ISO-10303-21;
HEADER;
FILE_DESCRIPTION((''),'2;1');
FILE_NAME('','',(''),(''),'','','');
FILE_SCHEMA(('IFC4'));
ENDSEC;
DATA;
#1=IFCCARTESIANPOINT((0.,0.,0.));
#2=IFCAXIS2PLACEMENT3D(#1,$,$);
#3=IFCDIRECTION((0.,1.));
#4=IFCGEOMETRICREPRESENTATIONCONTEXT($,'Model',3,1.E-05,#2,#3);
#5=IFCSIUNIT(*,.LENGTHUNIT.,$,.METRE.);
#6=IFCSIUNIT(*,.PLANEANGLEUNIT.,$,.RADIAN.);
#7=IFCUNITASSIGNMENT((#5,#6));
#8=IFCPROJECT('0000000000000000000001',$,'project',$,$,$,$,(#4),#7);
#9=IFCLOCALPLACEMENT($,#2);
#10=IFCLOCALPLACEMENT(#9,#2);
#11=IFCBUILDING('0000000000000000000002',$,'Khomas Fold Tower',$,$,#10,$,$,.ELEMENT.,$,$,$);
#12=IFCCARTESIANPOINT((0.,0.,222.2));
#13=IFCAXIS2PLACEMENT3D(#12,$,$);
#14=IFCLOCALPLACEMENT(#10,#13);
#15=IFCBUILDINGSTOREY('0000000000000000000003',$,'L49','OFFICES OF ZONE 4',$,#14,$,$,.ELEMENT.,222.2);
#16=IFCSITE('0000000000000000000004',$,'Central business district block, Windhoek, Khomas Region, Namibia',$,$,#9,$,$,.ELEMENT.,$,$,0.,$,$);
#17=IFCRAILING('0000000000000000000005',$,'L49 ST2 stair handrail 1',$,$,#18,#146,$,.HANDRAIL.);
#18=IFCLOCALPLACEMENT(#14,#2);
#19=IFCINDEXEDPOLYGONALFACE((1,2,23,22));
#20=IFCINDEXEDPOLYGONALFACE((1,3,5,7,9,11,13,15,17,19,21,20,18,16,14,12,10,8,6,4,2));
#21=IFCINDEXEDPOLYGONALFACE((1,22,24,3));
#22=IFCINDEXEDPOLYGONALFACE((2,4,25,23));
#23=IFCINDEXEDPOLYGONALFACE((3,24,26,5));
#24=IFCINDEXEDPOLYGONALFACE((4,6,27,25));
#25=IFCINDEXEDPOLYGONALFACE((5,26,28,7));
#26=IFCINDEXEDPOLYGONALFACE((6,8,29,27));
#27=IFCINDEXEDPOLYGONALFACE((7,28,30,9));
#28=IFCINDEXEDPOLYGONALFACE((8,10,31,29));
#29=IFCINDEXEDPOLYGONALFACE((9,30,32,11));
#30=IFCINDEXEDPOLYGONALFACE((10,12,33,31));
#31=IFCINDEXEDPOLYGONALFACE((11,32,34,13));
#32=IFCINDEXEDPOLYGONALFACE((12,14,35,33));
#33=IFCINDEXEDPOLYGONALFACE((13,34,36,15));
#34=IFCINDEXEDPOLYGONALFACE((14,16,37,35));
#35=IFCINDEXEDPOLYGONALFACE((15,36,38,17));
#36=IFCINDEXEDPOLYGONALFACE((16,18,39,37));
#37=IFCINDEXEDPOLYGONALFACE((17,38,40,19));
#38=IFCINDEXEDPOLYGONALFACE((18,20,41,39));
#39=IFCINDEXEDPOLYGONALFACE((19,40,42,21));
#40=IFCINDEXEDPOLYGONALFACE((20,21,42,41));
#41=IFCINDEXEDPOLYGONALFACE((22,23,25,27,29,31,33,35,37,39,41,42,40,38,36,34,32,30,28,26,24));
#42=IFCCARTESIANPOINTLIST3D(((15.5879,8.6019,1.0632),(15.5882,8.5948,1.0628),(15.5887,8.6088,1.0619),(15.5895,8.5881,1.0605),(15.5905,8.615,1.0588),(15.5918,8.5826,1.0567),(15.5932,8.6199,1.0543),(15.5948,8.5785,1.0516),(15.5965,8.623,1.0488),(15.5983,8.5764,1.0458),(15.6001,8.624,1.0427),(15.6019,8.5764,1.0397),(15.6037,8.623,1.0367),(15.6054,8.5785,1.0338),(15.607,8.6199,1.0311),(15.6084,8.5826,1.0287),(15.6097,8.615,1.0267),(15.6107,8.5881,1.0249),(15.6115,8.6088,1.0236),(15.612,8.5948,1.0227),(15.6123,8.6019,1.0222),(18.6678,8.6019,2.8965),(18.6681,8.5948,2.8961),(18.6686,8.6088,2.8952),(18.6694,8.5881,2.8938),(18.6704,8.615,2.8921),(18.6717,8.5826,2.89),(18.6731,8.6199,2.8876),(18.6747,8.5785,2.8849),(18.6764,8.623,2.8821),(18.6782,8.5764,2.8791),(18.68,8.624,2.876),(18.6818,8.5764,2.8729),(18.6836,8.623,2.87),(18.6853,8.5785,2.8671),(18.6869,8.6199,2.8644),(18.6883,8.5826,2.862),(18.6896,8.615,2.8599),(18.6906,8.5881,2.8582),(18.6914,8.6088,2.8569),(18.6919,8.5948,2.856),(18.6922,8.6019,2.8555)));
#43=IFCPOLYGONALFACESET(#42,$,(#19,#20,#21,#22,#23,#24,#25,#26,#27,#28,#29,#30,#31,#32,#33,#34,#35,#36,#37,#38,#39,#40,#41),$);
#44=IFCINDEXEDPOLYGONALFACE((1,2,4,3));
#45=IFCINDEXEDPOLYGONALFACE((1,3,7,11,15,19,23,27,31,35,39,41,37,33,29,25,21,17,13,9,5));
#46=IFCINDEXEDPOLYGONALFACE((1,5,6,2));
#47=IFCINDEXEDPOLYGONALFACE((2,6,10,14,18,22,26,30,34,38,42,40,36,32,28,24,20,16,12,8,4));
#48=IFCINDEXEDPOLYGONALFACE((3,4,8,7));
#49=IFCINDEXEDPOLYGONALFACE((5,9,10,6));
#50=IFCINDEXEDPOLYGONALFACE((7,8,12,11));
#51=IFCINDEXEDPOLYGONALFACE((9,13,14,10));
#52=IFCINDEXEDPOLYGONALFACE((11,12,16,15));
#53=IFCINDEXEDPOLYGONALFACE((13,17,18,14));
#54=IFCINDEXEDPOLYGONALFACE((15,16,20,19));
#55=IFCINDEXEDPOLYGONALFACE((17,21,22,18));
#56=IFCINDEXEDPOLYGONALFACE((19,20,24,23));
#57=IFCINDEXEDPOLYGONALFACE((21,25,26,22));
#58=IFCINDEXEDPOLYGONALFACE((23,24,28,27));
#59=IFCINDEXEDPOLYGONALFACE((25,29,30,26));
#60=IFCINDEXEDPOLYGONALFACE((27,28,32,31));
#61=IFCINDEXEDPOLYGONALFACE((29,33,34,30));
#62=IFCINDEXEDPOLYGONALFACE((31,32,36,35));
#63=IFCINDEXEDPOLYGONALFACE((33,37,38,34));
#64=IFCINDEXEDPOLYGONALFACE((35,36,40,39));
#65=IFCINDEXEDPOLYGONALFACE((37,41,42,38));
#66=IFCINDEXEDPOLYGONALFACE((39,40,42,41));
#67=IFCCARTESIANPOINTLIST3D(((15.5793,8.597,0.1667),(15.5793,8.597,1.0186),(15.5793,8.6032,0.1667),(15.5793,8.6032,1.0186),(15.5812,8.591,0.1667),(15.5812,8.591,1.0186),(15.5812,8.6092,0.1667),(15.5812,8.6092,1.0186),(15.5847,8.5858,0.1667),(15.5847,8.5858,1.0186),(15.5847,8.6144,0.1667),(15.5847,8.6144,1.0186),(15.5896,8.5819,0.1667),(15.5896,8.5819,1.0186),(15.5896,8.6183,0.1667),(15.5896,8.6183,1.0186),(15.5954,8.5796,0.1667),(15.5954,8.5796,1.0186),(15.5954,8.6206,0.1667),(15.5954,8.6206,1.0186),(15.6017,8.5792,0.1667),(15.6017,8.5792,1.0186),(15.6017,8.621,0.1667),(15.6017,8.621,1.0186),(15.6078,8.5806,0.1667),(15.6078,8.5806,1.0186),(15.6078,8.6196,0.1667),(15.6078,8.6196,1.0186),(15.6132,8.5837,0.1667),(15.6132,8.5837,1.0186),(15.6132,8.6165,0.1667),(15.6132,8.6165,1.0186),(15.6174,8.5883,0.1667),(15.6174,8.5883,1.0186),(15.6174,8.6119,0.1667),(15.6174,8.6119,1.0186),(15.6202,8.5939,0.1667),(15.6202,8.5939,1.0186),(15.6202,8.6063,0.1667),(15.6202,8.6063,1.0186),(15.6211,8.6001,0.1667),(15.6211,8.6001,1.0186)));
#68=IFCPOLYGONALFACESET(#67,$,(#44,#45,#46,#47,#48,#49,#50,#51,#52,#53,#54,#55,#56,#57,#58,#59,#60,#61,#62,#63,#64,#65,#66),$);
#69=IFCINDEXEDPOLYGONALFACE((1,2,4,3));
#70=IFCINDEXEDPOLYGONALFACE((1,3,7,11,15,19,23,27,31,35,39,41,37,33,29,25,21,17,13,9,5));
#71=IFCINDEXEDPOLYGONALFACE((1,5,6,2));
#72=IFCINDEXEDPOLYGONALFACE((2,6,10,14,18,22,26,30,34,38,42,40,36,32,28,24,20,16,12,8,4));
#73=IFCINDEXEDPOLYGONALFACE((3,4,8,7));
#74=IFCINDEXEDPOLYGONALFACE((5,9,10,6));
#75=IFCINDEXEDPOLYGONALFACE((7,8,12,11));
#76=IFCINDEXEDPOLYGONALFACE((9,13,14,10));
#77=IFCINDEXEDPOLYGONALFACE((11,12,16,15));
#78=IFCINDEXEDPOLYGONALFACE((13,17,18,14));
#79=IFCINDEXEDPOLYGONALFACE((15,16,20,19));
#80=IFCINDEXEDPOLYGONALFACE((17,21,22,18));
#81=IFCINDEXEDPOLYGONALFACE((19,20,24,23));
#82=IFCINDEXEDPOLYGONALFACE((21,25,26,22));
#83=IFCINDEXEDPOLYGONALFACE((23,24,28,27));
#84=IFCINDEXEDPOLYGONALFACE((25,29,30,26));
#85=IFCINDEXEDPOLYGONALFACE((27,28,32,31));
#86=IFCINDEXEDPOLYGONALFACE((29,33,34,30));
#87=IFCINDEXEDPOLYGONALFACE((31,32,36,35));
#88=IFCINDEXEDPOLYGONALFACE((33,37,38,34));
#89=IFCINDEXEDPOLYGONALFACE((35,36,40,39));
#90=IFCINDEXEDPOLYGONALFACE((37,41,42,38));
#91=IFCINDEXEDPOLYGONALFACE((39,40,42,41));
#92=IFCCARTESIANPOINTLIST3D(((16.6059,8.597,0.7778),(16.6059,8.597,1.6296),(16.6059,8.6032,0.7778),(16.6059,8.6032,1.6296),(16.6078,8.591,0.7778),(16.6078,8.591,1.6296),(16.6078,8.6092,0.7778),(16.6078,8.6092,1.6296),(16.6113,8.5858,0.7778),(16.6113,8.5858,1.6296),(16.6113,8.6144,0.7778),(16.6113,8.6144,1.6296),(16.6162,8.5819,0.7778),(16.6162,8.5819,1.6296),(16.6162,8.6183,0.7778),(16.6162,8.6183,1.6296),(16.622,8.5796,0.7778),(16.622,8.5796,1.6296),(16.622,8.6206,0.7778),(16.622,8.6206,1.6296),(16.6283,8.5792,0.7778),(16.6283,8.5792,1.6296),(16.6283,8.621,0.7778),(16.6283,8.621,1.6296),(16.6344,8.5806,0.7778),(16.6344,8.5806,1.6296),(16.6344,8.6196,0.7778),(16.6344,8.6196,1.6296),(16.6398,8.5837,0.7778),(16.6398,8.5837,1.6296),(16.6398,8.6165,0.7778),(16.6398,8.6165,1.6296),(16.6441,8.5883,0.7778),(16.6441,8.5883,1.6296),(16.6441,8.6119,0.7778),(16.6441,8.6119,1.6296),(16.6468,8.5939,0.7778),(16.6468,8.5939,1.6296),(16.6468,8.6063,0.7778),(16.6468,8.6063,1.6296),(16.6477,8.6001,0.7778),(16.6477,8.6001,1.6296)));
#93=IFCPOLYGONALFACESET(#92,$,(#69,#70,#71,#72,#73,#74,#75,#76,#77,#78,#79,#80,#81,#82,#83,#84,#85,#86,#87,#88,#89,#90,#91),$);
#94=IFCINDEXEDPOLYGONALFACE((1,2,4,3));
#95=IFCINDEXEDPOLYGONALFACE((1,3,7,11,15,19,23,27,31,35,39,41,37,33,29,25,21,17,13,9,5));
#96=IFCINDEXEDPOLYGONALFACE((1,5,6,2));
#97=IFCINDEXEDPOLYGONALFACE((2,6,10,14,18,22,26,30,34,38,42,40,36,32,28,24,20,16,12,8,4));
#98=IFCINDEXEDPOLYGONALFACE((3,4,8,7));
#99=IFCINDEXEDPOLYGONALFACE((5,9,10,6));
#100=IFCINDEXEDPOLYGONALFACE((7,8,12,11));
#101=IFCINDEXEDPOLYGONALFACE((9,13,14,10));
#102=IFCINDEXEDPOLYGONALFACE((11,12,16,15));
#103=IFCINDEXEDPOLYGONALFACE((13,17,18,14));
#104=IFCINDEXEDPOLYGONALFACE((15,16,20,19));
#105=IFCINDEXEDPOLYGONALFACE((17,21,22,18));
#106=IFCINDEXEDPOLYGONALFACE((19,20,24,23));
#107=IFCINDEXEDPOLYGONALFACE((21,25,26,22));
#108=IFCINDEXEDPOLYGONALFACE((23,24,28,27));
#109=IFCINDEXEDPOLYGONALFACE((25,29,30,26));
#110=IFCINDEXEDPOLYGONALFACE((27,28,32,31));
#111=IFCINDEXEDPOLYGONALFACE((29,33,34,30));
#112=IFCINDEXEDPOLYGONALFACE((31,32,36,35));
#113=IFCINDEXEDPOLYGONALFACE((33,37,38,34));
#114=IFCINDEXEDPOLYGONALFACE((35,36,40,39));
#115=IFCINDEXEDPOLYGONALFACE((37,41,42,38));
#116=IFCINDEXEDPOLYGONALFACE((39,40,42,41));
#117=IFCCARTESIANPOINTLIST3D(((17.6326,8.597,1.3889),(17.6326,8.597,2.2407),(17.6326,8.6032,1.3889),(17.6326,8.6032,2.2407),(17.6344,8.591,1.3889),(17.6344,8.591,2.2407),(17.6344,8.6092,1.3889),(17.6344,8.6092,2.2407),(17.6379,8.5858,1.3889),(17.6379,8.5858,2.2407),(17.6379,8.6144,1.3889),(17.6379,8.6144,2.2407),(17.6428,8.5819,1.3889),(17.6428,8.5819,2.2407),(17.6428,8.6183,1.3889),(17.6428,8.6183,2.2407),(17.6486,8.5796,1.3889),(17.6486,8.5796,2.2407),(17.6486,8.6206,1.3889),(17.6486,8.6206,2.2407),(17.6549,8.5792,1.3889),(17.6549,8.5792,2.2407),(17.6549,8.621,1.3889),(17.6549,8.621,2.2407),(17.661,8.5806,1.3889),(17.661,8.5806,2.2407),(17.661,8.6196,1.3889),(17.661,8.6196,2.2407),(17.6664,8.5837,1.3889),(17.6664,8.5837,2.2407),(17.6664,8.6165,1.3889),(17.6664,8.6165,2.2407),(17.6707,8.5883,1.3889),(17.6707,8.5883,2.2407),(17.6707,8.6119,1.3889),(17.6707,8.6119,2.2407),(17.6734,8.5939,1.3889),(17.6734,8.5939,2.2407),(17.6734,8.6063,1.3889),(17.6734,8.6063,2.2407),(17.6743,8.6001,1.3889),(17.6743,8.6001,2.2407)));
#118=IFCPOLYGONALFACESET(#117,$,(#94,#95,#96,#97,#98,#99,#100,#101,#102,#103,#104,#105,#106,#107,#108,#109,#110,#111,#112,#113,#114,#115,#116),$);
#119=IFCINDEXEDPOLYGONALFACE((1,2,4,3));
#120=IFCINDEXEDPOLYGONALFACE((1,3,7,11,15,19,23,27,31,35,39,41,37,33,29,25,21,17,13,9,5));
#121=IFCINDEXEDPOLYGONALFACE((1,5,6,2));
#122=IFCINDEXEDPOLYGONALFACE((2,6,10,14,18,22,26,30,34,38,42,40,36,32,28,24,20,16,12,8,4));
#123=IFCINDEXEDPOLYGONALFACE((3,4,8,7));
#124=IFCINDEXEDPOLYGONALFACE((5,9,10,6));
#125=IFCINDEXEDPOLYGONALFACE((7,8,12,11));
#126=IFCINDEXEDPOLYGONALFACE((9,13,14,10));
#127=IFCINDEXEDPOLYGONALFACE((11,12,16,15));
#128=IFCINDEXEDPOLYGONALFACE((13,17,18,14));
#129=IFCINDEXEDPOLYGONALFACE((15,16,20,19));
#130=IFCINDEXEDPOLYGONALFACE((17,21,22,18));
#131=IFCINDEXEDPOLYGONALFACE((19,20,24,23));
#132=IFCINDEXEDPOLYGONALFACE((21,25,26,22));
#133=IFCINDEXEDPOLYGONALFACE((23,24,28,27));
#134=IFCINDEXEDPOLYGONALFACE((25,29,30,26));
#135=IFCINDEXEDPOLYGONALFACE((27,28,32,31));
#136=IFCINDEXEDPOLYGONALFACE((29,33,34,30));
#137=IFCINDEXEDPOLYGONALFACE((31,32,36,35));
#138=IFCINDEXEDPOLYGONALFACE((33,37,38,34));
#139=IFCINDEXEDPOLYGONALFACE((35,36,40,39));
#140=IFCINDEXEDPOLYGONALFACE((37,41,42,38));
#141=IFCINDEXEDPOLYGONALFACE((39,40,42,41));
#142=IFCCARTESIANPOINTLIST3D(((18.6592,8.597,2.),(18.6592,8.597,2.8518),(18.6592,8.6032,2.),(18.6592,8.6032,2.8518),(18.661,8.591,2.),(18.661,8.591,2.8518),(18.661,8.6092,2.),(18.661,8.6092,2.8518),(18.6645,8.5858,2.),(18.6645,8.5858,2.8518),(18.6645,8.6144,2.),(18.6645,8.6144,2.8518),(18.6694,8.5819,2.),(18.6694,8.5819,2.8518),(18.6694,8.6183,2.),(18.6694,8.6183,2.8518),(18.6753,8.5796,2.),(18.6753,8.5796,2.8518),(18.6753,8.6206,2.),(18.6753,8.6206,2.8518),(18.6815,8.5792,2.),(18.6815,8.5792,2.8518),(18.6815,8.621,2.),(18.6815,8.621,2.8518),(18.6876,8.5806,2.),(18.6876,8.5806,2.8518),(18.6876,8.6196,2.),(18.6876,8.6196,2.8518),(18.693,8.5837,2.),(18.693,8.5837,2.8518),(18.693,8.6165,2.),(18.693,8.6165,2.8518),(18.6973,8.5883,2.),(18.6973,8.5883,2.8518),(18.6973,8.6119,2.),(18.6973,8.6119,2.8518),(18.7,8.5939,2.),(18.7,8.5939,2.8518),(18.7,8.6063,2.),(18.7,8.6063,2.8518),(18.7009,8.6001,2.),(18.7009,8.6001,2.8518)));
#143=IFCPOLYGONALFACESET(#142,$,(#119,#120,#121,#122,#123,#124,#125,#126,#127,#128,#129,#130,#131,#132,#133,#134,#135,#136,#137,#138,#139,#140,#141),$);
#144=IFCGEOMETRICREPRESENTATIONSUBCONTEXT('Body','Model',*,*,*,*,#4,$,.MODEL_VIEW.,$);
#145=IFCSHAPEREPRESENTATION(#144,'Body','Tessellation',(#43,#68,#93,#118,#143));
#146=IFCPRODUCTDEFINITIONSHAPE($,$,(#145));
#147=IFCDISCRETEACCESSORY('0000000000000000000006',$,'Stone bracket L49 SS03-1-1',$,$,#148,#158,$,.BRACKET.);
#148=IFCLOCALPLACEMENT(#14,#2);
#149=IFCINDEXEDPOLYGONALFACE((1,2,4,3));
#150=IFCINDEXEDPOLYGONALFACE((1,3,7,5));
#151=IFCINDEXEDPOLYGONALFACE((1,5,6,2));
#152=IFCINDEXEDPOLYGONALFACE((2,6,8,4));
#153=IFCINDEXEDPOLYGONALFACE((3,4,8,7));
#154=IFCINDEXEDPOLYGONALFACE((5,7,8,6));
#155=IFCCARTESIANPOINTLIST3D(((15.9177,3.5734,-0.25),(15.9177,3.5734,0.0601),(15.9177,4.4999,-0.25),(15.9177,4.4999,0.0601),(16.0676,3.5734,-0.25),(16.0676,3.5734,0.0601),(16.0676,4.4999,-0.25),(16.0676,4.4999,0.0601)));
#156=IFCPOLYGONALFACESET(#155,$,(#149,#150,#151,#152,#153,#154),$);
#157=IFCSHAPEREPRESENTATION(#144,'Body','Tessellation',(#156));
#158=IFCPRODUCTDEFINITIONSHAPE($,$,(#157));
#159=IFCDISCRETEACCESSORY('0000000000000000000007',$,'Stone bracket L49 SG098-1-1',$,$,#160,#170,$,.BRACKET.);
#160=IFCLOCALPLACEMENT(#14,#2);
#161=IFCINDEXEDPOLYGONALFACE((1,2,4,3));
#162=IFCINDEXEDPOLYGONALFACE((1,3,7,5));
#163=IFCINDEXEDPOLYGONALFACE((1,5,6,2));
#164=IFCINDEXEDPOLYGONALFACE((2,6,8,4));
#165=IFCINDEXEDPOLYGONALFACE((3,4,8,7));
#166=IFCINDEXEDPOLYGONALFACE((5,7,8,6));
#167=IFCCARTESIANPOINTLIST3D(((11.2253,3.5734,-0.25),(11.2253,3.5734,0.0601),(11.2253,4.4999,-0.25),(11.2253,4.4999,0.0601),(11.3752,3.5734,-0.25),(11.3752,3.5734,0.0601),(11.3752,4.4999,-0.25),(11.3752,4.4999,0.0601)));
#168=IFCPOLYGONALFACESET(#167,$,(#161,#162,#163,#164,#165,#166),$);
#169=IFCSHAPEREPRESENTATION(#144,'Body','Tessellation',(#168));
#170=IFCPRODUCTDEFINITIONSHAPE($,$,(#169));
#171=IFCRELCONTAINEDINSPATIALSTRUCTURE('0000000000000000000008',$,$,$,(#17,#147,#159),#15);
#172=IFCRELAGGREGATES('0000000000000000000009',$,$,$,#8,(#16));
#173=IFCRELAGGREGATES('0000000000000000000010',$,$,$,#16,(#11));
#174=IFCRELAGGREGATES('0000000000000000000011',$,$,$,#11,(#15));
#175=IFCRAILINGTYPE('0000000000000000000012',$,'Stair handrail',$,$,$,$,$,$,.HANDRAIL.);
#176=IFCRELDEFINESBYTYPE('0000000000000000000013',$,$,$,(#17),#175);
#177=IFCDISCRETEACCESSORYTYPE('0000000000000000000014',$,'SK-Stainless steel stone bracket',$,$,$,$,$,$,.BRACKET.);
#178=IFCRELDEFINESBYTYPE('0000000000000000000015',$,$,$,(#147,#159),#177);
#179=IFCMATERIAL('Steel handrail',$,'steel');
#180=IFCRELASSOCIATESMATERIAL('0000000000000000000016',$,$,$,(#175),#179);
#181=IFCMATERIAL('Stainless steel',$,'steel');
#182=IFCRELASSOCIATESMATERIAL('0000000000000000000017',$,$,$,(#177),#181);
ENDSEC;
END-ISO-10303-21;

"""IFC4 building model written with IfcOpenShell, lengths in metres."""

from ifc_helpers import new_model, si_unit, direction, frame, origin, origin_2d, place, context, subcontext, project, spatial, rectangle, circle, extrude, source, transform, mapped, material, type_object, element, save


model = new_model("IFC4")

# Units and contexts
model_context = context("Model", 3, precision=1e-05, world=origin(), true_north=direction((0.0, 1.0)))
body_context = subcontext(model_context, "Body", "Model", "MODEL_VIEW")
ifc_project = project(units=[si_unit("LENGTHUNIT", "METRE"), si_unit("PLANEANGLEUNIT", "RADIAN")], contexts=[model_context])

# Site, building, storey
site_placement = place(None, origin())
site = spatial("IfcSite", under=ifc_project, at=site_placement, Name="Central business district block, Windhoek, Khomas Region, Namibia", CompositionType="ELEMENT", RefElevation=0.0)
building_placement = place(site_placement, origin())
building = spatial("IfcBuilding", under=site, at=building_placement, Name="Khomas Fold Tower", CompositionType="ELEMENT")
storey_placement = place(building_placement, frame((0.0, 0.0, 222.2)))
storey = spatial("IfcBuildingStorey", under=building, at=storey_placement, Name="L49", Description="OFFICES OF ZONE 4", CompositionType="ELEMENT", Elevation=222.2)

# Railing
ifc_material_1 = material(Name="Steel handrail", Category="steel")
railing_type_1 = type_object("IfcRailingType", Name="Stair handrail", PredefinedType="HANDRAIL", material=ifc_material_1)
shared_shape_1 = source(origin(), body_context, "Body", "SweptSolid", [
    extrude(circle(Radius=0.0239, at=origin_2d()), frame((0.0, 0.0, 0.876), z_axis=(0.859291, 0.0, 0.511487), x_axis=(0.0, 1.0, 0.0)), (0.0, 0.0, 1.0), 3.5842),
    extrude(circle(Radius=0.021, at=origin_2d()), origin(), (0.0, 0.0, 1.0), 0.8518),
    extrude(circle(Radius=0.021, at=origin_2d()), frame((1.0266, 0.0, 0.6111)), (0.0, 0.0, 1.0), 0.8518),
    extrude(circle(Radius=0.021, at=origin_2d()), frame((2.0532, 0.0, 1.2222)), (0.0, 0.0, 1.0), 0.8518),
    extrude(circle(Radius=0.021, at=origin_2d()), frame((3.0798, 0.0, 1.8333)), (0.0, 0.0, 1.0), 0.8518),
])
railing_1_placement = place(storey_placement, frame((15.6001, 8.6001, 0.1667)))
element("IfcRailing", 1, at=railing_1_placement, inside=storey, type_object=railing_type_1, Name="L49 ST2 stair handrail 1", PredefinedType="HANDRAIL", context=body_context, shape_type="MappedRepresentation", body=[
    mapped(shared_shape_1, transform((0.0, 0.0, 0.0))),
])

# Discrete accessories
ifc_material_2 = material(Name="Stainless steel", Category="steel")
discrete_accessory_type = type_object("IfcDiscreteAccessoryType", Name="SK-Stainless steel stone bracket", PredefinedType="BRACKET", material=ifc_material_2)
shared_shape_2 = source(origin(), body_context, "Body", "SweptSolid", [
    extrude(rectangle(XDim=0.9265, YDim=0.1499, at=origin_2d()), origin(), (0.0, 0.0, 1.0), 0.3101),
])
for number, where, z_axis, x_axis, name in (
    (2, (15.9927, 4.0366, -0.25), (0.0, 0.0, 1.0), (0.0, -1.0, 0.0), "Stone bracket L49 SS03-1-1"),
    (3, (11.3003, 4.0366, -0.25), (0.0, 0.0, 1.0), (0.0, -1.0, 0.0), "Stone bracket L49 SG098-1-1"),
):
    element("IfcDiscreteAccessory", number, at=place(storey_placement, frame(where, z_axis=z_axis, x_axis=x_axis)), inside=storey, type_object=discrete_accessory_type, Name=name, PredefinedType="BRACKET", context=body_context, shape_type="MappedRepresentation", body=[
        mapped(shared_shape_2, transform((0.0, 0.0, 0.0))),
    ])

save(model, "model.ifc")
